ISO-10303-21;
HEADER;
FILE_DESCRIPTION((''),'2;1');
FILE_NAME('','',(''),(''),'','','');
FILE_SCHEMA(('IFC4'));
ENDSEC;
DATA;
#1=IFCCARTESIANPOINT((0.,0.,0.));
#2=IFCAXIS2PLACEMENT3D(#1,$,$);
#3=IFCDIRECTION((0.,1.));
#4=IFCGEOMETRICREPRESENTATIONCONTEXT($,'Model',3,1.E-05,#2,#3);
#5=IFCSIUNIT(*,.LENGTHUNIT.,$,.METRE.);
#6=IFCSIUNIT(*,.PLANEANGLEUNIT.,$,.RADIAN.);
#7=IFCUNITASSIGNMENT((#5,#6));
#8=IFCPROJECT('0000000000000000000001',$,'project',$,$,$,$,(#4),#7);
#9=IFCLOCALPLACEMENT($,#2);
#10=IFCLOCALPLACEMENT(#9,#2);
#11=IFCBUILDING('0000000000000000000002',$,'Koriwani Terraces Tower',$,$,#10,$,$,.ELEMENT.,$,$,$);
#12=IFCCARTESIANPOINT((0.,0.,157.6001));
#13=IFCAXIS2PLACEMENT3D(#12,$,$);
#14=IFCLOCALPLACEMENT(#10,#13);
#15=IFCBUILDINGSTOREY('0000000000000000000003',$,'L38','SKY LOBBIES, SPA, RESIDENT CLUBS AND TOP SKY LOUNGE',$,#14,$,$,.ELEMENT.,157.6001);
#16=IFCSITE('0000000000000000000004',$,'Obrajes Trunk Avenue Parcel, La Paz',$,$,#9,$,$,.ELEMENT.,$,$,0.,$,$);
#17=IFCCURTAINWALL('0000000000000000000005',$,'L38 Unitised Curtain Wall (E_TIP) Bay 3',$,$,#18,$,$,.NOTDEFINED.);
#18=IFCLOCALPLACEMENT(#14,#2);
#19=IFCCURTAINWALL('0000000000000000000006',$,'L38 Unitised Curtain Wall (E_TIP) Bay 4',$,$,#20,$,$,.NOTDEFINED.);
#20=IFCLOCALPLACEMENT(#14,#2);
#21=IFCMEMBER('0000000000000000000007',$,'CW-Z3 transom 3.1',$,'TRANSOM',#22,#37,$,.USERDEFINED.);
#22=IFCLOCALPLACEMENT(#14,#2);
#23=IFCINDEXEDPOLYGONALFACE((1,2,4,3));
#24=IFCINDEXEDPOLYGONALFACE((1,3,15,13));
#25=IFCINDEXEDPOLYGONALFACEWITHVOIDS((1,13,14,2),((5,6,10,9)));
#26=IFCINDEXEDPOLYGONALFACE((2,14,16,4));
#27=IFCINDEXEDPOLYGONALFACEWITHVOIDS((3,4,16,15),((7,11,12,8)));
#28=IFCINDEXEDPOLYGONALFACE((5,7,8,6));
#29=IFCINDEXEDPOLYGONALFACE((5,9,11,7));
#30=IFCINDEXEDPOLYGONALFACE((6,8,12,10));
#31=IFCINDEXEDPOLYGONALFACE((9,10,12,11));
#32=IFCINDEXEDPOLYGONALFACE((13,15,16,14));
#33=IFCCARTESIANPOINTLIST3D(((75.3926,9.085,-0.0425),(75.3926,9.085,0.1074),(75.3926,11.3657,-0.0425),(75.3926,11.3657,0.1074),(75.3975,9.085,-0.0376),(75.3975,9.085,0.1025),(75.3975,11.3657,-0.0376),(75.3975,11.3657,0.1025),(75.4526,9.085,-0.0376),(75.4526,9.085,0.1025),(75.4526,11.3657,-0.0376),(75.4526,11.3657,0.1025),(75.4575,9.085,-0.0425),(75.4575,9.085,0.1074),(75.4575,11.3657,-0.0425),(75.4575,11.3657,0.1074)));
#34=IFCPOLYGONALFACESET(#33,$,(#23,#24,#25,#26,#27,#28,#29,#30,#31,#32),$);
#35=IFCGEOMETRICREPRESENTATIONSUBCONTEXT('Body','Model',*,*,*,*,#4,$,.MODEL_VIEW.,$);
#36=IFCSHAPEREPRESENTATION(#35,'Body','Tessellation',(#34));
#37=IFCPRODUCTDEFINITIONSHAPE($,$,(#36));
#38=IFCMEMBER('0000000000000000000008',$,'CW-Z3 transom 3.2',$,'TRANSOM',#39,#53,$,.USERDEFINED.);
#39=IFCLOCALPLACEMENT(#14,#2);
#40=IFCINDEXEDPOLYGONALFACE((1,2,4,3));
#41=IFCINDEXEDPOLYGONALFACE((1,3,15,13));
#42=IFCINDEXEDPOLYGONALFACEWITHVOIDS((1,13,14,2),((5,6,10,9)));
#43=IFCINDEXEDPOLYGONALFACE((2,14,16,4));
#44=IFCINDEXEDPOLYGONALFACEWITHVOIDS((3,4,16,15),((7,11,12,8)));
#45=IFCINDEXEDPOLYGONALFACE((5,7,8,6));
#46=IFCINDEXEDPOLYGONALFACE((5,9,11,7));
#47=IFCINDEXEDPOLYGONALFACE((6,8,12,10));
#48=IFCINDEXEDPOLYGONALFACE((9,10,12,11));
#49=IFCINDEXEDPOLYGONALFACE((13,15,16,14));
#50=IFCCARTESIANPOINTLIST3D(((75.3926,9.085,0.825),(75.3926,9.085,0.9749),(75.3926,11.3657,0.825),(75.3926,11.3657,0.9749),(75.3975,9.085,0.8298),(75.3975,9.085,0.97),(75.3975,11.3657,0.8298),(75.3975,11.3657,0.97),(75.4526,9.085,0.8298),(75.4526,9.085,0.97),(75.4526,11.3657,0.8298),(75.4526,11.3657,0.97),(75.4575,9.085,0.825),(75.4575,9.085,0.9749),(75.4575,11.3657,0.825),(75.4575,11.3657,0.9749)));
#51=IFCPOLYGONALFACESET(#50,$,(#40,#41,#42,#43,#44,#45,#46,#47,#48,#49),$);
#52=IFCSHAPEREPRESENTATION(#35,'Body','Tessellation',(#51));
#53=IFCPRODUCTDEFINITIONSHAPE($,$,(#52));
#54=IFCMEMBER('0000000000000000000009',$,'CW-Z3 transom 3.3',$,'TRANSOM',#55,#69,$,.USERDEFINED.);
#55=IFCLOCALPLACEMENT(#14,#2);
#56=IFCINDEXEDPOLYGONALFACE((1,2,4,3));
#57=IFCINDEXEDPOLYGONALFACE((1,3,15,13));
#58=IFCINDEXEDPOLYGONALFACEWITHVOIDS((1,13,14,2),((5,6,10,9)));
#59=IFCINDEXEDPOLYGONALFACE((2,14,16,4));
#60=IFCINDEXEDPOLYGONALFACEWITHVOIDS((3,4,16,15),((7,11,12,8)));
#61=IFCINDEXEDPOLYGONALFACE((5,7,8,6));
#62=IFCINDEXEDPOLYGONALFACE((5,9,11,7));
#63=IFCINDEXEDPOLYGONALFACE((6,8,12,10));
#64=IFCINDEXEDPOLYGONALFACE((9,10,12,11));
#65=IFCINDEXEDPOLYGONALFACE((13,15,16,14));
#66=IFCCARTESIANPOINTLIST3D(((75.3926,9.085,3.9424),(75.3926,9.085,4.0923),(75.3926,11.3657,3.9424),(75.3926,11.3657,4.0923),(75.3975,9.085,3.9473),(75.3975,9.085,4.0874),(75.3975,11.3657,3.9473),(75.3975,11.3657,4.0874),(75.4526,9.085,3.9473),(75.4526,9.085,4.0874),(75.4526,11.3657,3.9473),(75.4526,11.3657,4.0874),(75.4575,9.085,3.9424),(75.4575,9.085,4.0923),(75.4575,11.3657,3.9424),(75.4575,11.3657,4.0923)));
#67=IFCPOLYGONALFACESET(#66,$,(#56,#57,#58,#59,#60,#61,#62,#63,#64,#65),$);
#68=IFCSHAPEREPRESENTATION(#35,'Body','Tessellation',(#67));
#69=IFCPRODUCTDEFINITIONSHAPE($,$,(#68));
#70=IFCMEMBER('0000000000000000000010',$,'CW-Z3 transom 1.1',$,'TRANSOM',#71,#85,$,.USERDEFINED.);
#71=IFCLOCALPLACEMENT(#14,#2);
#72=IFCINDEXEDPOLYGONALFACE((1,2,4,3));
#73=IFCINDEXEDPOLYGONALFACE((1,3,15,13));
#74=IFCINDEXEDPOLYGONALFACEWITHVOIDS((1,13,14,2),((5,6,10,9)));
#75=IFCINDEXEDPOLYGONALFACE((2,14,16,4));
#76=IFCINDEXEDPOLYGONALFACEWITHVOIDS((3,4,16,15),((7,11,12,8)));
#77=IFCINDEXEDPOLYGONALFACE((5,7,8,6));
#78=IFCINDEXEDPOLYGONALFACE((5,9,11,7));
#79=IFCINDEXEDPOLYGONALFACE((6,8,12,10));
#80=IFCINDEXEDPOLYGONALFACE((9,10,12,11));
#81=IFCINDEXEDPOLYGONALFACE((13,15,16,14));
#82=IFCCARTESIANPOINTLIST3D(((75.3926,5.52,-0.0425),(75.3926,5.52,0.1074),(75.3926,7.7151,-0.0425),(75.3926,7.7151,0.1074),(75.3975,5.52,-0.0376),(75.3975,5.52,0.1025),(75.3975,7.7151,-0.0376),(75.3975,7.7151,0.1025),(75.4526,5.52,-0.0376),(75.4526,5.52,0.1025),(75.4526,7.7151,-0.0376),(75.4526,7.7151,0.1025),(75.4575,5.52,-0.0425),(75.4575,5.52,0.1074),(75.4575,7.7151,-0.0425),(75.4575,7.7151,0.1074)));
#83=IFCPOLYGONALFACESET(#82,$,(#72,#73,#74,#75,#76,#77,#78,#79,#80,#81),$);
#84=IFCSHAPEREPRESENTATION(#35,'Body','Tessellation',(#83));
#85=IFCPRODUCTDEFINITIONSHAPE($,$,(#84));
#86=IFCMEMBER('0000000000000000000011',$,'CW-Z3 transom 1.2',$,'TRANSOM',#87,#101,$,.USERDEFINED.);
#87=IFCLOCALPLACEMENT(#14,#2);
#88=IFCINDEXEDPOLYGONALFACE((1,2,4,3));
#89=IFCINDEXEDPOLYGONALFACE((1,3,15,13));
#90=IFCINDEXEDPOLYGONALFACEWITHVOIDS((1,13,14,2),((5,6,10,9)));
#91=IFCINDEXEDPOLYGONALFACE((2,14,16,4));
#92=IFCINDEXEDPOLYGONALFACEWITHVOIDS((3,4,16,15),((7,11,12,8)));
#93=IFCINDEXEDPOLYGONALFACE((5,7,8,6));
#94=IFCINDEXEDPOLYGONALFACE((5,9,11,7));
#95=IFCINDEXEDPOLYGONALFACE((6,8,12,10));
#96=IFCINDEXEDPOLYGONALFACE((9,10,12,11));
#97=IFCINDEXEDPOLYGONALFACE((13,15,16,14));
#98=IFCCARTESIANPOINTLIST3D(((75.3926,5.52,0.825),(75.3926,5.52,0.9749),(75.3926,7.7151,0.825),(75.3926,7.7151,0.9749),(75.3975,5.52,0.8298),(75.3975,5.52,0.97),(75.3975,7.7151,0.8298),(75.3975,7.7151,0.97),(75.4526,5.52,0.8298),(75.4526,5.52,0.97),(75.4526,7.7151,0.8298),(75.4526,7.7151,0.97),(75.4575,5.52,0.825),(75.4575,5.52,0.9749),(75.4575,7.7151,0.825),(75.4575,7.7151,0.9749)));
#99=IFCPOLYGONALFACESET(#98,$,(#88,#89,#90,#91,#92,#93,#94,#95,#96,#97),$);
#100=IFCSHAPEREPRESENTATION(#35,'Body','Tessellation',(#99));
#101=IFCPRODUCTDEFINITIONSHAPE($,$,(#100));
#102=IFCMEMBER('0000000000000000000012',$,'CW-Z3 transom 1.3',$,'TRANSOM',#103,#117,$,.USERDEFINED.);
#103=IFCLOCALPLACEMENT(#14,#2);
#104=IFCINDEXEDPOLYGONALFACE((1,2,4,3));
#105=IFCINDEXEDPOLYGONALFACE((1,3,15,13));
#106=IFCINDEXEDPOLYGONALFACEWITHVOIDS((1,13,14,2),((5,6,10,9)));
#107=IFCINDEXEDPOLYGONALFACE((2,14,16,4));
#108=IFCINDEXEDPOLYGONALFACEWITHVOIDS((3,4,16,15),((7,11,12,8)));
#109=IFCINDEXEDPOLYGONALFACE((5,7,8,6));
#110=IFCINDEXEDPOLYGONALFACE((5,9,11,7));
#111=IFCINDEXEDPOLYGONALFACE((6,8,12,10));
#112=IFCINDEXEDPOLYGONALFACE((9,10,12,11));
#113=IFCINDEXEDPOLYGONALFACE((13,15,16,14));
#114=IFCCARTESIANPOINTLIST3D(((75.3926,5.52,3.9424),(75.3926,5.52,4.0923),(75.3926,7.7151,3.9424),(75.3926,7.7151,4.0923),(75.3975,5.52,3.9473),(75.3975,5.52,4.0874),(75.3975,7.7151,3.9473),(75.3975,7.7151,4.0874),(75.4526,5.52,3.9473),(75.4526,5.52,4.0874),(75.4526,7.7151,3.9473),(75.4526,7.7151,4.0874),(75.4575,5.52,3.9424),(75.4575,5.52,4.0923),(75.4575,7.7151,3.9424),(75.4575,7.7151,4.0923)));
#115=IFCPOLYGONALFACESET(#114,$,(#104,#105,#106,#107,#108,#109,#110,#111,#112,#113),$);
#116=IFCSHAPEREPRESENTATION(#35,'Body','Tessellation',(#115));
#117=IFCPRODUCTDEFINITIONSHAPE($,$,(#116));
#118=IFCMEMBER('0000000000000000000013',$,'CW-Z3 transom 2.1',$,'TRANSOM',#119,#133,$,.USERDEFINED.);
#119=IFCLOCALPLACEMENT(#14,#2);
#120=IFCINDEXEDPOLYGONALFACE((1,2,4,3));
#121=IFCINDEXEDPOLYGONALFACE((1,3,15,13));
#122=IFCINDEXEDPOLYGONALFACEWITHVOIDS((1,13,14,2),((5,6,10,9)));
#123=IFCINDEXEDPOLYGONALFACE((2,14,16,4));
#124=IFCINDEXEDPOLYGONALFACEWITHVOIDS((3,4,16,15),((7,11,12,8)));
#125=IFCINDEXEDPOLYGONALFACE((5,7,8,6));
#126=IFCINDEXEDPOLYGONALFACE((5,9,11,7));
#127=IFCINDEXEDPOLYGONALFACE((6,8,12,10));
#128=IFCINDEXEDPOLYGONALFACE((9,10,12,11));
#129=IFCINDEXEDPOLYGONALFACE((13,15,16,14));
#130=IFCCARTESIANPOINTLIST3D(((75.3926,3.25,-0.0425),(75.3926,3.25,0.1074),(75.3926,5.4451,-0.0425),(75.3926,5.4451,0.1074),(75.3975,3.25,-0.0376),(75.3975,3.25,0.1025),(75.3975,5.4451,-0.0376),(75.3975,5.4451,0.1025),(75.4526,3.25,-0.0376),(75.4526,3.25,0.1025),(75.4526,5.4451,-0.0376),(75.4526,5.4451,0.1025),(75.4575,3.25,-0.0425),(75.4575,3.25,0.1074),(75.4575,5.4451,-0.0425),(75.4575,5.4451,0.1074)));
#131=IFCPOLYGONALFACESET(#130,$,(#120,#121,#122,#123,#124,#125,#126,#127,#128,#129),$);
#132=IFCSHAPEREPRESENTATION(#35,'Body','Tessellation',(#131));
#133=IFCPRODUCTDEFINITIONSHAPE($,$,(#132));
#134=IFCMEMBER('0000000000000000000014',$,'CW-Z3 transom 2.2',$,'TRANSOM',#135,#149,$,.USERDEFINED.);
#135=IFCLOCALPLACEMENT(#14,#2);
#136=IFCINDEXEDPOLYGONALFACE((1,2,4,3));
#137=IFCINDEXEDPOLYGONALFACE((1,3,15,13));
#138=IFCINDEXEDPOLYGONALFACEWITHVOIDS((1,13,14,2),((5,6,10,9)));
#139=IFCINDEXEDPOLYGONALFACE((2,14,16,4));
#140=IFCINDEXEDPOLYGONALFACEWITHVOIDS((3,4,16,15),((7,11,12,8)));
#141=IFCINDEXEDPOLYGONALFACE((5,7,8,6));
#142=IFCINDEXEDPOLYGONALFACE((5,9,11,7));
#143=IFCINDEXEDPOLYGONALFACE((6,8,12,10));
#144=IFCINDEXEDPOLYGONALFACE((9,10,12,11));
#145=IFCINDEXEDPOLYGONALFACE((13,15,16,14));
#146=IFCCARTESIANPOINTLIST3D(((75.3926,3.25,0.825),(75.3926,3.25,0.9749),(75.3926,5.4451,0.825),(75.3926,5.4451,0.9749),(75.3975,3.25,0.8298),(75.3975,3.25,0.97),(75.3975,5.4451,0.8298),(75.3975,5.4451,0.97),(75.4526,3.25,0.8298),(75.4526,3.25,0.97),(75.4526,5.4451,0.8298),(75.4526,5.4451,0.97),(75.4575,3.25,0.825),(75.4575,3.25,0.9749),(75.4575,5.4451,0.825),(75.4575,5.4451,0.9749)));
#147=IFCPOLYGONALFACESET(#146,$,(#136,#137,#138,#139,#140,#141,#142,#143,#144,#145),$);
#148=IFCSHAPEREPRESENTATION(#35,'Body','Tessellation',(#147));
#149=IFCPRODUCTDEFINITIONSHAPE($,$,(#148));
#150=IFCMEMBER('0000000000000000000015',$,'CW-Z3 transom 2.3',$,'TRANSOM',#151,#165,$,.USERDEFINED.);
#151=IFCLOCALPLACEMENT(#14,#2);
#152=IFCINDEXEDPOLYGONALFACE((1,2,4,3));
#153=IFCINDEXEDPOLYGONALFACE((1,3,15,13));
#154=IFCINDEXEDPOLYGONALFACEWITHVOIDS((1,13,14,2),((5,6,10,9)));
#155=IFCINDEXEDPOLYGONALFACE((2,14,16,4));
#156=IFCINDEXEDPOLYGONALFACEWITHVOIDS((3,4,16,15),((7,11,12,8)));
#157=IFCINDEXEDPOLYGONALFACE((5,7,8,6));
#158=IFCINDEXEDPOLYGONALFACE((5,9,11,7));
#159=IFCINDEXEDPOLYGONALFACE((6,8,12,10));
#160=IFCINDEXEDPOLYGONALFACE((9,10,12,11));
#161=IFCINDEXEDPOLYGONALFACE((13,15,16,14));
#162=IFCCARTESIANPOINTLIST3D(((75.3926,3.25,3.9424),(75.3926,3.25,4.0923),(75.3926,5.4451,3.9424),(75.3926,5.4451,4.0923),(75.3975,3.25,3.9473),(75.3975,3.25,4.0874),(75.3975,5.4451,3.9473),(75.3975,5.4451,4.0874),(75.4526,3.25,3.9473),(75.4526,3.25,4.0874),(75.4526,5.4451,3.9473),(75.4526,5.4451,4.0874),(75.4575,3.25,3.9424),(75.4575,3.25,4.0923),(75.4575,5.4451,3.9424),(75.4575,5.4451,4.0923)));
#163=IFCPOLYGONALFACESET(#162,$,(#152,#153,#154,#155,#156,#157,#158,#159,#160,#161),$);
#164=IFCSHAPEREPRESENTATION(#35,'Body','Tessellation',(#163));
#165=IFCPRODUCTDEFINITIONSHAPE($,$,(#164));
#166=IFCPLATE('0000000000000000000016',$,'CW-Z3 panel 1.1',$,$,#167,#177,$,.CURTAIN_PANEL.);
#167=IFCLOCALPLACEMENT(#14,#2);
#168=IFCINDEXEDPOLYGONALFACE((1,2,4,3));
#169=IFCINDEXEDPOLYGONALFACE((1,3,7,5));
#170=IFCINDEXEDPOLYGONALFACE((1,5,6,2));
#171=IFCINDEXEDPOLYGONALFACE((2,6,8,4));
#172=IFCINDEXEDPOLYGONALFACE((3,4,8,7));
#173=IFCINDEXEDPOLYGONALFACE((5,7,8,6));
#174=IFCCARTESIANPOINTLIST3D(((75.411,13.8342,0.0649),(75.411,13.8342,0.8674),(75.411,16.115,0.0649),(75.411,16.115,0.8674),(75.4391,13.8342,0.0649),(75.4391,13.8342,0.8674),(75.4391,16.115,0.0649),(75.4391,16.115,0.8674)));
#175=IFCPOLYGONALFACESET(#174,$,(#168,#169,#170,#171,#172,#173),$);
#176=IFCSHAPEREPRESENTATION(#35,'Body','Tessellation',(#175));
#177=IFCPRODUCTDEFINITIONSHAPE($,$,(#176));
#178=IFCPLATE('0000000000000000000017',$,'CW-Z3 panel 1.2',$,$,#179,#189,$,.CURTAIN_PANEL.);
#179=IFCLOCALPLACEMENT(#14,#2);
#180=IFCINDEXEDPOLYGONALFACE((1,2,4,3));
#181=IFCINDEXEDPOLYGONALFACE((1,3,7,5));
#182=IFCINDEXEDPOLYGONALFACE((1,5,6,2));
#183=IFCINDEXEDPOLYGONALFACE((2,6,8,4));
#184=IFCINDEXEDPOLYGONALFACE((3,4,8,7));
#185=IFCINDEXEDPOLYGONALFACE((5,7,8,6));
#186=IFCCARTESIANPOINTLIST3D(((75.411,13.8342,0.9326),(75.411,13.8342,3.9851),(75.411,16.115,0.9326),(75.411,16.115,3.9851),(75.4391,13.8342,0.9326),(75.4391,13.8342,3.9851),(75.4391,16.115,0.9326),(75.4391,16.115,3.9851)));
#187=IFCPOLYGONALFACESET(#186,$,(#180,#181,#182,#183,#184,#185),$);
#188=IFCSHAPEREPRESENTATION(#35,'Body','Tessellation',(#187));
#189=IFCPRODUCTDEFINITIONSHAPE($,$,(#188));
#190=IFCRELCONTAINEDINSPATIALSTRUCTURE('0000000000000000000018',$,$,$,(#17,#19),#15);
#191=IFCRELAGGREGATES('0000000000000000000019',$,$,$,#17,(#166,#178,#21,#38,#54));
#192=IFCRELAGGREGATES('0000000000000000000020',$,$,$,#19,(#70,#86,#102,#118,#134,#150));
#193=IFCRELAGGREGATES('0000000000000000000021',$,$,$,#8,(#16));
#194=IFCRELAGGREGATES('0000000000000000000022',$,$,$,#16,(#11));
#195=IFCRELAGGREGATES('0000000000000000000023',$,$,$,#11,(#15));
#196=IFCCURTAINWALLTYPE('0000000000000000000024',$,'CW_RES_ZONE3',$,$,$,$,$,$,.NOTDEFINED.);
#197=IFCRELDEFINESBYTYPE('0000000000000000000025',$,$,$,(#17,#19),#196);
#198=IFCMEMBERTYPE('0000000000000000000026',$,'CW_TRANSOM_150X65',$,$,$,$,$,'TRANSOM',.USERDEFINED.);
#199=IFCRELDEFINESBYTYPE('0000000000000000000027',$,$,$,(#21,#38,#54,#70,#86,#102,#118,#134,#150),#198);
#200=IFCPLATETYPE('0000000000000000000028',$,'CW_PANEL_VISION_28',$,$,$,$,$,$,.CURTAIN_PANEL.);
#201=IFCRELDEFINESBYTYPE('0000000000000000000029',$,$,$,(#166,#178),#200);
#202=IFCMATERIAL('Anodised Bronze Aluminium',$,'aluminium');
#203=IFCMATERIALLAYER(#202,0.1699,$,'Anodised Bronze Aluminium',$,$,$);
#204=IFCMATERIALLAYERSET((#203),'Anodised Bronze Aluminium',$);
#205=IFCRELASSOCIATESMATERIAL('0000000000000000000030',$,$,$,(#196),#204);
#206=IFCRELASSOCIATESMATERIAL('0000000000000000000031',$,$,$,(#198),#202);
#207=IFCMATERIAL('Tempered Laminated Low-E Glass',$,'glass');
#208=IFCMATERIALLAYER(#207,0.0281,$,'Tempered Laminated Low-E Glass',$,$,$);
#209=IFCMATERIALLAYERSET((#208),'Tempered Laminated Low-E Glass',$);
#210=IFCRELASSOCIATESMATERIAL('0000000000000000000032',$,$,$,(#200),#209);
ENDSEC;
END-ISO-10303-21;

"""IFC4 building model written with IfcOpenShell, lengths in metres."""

from ifc_helpers import new_model, si_unit, direction, frame, origin, origin_2d, place, context, subcontext, project, spatial, rectangle, hollow_rectangle, extrude, material, layer, layer_set, material_profile, profile_set, type_object, element, aggregate, save


model = new_model("IFC4")

# Units and contexts
model_context = context("Model", 3, precision=1e-05, world=origin(), true_north=direction((0.0, 1.0)))
body_context = subcontext(model_context, "Body", "Model", "MODEL_VIEW")
ifc_project = project(units=[si_unit("LENGTHUNIT", "METRE"), si_unit("PLANEANGLEUNIT", "RADIAN")], contexts=[model_context])

# Site, building, storey
site_placement = place(None, origin())
site = spatial("IfcSite", under=ifc_project, at=site_placement, Name="Obrajes Trunk Avenue Parcel, La Paz", CompositionType="ELEMENT", RefElevation=0.0)
building_placement = place(site_placement, origin())
building = spatial("IfcBuilding", under=site, at=building_placement, Name="Koriwani Terraces Tower", CompositionType="ELEMENT")
storey_placement = place(building_placement, frame((0.0, 0.0, 157.6001)))
storey = spatial("IfcBuildingStorey", under=building, at=storey_placement, Name="L38", Description="SKY LOBBIES, SPA, RESIDENT CLUBS AND TOP SKY LOUNGE", CompositionType="ELEMENT", Elevation=157.6001)

# Curtain walls
ifc_material_1 = material(Name="Anodised Bronze Aluminium", Category="aluminium")
ifc_layer_1 = layer(ifc_material_1, 0.1699, Name="Anodised Bronze Aluminium")
ifc_layer_set_1 = layer_set([ifc_layer_1], Name="Anodised Bronze Aluminium")
curtain_wall_type = type_object("IfcCurtainWallType", Name="CW_RES_ZONE3", PredefinedType="NOTDEFINED", material=ifc_layer_set_1)
curtain_wall_1_placement = place(storey_placement, origin())
curtain_wall_1 = element("IfcCurtainWall", 1, at=curtain_wall_1_placement, inside=storey, type_object=curtain_wall_type, Name="L38 Unitised Curtain Wall (E_TIP) Bay 3", PredefinedType="NOTDEFINED")
curtain_wall_2_placement = place(storey_placement, origin())
curtain_wall_2 = element("IfcCurtainWall", 2, at=curtain_wall_2_placement, inside=storey, type_object=curtain_wall_type, Name="L38 Unitised Curtain Wall (E_TIP) Bay 4", PredefinedType="NOTDEFINED")

# Members
ifc_material_profile_1 = material_profile(ifc_material_1, hollow_rectangle(XDim=0.0649, YDim=0.1499, WallThickness=0.0049, at=origin_2d()), Name="Anodised Bronze Aluminium", Category="LoadBearing")
ifc_profile_set_1 = profile_set([ifc_material_profile_1], Name="Anodised Bronze Aluminium")
member_type_1 = type_object("IfcMemberType", Name="CW_TRANSOM_150X65", ElementType="TRANSOM", PredefinedType="USERDEFINED", material=ifc_profile_set_1)
member_1_placement = place(storey_placement, frame((75.425, 11.3657, 0.0325), z_axis=(0.0, -1.0, 0.0), x_axis=(1.0, 0.0, 0.0)))
member_1 = element("IfcMember", 3, at=member_1_placement, type_object=member_type_1, Name="CW-Z3 transom 3.1", ObjectType="TRANSOM", PredefinedType="USERDEFINED", context=body_context, shape_type="SweptSolid", body=[
    extrude(hollow_rectangle(XDim=0.0649, YDim=0.1499, WallThickness=0.0049, at=origin_2d()), origin(), (0.0, 0.0, 1.0), 2.2808),
])
member_2_placement = place(storey_placement, frame((75.425, 11.3657, 0.8999), z_axis=(0.0, -1.0, 0.0), x_axis=(1.0, 0.0, 0.0)))
member_2 = element("IfcMember", 4, at=member_2_placement, type_object=member_type_1, Name="CW-Z3 transom 3.2", ObjectType="TRANSOM", PredefinedType="USERDEFINED", context=body_context, shape_type="SweptSolid", body=[
    extrude(hollow_rectangle(XDim=0.0649, YDim=0.1499, WallThickness=0.0049, at=origin_2d()), origin(), (0.0, 0.0, 1.0), 2.2808),
])
member_3_placement = place(storey_placement, frame((75.425, 11.3657, 4.0173), z_axis=(0.0, -1.0, 0.0), x_axis=(1.0, 0.0, 0.0)))
member_3 = element("IfcMember", 5, at=member_3_placement, type_object=member_type_1, Name="CW-Z3 transom 3.3", ObjectType="TRANSOM", PredefinedType="USERDEFINED", context=body_context, shape_type="SweptSolid", body=[
    extrude(hollow_rectangle(XDim=0.0649, YDim=0.1499, WallThickness=0.0049, at=origin_2d()), origin(), (0.0, 0.0, 1.0), 2.2808),
])
member_4_placement = place(storey_placement, frame((75.425, 7.7151, 0.0325), z_axis=(0.0, -1.0, 0.0), x_axis=(1.0, 0.0, 0.0)))
member_4 = element("IfcMember", 6, at=member_4_placement, type_object=member_type_1, Name="CW-Z3 transom 1.1", ObjectType="TRANSOM", PredefinedType="USERDEFINED", context=body_context, shape_type="SweptSolid", body=[
    extrude(hollow_rectangle(XDim=0.0649, YDim=0.1499, WallThickness=0.0049, at=origin_2d()), origin(), (0.0, 0.0, 1.0), 2.1951),
])
member_5_placement = place(storey_placement, frame((75.425, 7.7151, 0.8999), z_axis=(0.0, -1.0, 0.0), x_axis=(1.0, 0.0, 0.0)))
member_5 = element("IfcMember", 7, at=member_5_placement, type_object=member_type_1, Name="CW-Z3 transom 1.2", ObjectType="TRANSOM", PredefinedType="USERDEFINED", context=body_context, shape_type="SweptSolid", body=[
    extrude(hollow_rectangle(XDim=0.0649, YDim=0.1499, WallThickness=0.0049, at=origin_2d()), origin(), (0.0, 0.0, 1.0), 2.1951),
])
member_6_placement = place(storey_placement, frame((75.425, 7.7151, 4.0173), z_axis=(0.0, -1.0, 0.0), x_axis=(1.0, 0.0, 0.0)))
member_6 = element("IfcMember", 8, at=member_6_placement, type_object=member_type_1, Name="CW-Z3 transom 1.3", ObjectType="TRANSOM", PredefinedType="USERDEFINED", context=body_context, shape_type="SweptSolid", body=[
    extrude(hollow_rectangle(XDim=0.0649, YDim=0.1499, WallThickness=0.0049, at=origin_2d()), origin(), (0.0, 0.0, 1.0), 2.1951),
])
member_7_placement = place(storey_placement, frame((75.425, 5.4451, 0.0325), z_axis=(0.0, -1.0, 0.0), x_axis=(1.0, 0.0, 0.0)))
member_7 = element("IfcMember", 9, at=member_7_placement, type_object=member_type_1, Name="CW-Z3 transom 2.1", ObjectType="TRANSOM", PredefinedType="USERDEFINED", context=body_context, shape_type="SweptSolid", body=[
    extrude(hollow_rectangle(XDim=0.0649, YDim=0.1499, WallThickness=0.0049, at=origin_2d()), origin(), (0.0, 0.0, 1.0), 2.1951),
])
member_8_placement = place(storey_placement, frame((75.425, 5.4451, 0.8999), z_axis=(0.0, -1.0, 0.0), x_axis=(1.0, 0.0, 0.0)))
member_8 = element("IfcMember", 10, at=member_8_placement, type_object=member_type_1, Name="CW-Z3 transom 2.2", ObjectType="TRANSOM", PredefinedType="USERDEFINED", context=body_context, shape_type="SweptSolid", body=[
    extrude(hollow_rectangle(XDim=0.0649, YDim=0.1499, WallThickness=0.0049, at=origin_2d()), origin(), (0.0, 0.0, 1.0), 2.1951),
])
member_9_placement = place(storey_placement, frame((75.425, 5.4451, 4.0173), z_axis=(0.0, -1.0, 0.0), x_axis=(1.0, 0.0, 0.0)))
member_9 = element("IfcMember", 11, at=member_9_placement, type_object=member_type_1, Name="CW-Z3 transom 2.3", ObjectType="TRANSOM", PredefinedType="USERDEFINED", context=body_context, shape_type="SweptSolid", body=[
    extrude(hollow_rectangle(XDim=0.0649, YDim=0.1499, WallThickness=0.0049, at=origin_2d()), origin(), (0.0, 0.0, 1.0), 2.1951),
])

# Plates
ifc_material_2 = material(Name="Tempered Laminated Low-E Glass", Category="glass")
ifc_layer_2 = layer(ifc_material_2, 0.0281, Name="Tempered Laminated Low-E Glass")
ifc_layer_set_2 = layer_set([ifc_layer_2], Name="Tempered Laminated Low-E Glass")
plate_type = type_object("IfcPlateType", Name="CW_PANEL_VISION_28", PredefinedType="CURTAIN_PANEL", material=ifc_layer_set_2)
plate_1_placement = place(storey_placement, frame((75.425, 14.9746, 0.0649), z_axis=(0.0, 0.0, 1.0), x_axis=(0.0, -1.0, 0.0)))
plate_1 = element("IfcPlate", 12, at=plate_1_placement, type_object=plate_type, Name="CW-Z3 panel 1.1", PredefinedType="CURTAIN_PANEL", context=body_context, shape_type="SweptSolid", body=[
    extrude(rectangle(XDim=2.2808, YDim=0.0281, at=origin_2d()), origin(), (0.0, 0.0, 1.0), 0.8025),
])
plate_2_placement = place(storey_placement, frame((75.425, 14.9746, 0.9326), z_axis=(0.0, 0.0, 1.0), x_axis=(0.0, -1.0, 0.0)))
plate_2 = element("IfcPlate", 13, at=plate_2_placement, type_object=plate_type, Name="CW-Z3 panel 1.2", PredefinedType="CURTAIN_PANEL", context=body_context, shape_type="SweptSolid", body=[
    extrude(rectangle(XDim=2.2808, YDim=0.0281, at=origin_2d()), origin(), (0.0, 0.0, 1.0), 3.0525),
])
aggregate(curtain_wall_1, [plate_1, plate_2, member_1, member_2, member_3])
aggregate(curtain_wall_2, [member_4, member_5, member_6, member_7, member_8, member_9])

save(model, "model.ifc")
